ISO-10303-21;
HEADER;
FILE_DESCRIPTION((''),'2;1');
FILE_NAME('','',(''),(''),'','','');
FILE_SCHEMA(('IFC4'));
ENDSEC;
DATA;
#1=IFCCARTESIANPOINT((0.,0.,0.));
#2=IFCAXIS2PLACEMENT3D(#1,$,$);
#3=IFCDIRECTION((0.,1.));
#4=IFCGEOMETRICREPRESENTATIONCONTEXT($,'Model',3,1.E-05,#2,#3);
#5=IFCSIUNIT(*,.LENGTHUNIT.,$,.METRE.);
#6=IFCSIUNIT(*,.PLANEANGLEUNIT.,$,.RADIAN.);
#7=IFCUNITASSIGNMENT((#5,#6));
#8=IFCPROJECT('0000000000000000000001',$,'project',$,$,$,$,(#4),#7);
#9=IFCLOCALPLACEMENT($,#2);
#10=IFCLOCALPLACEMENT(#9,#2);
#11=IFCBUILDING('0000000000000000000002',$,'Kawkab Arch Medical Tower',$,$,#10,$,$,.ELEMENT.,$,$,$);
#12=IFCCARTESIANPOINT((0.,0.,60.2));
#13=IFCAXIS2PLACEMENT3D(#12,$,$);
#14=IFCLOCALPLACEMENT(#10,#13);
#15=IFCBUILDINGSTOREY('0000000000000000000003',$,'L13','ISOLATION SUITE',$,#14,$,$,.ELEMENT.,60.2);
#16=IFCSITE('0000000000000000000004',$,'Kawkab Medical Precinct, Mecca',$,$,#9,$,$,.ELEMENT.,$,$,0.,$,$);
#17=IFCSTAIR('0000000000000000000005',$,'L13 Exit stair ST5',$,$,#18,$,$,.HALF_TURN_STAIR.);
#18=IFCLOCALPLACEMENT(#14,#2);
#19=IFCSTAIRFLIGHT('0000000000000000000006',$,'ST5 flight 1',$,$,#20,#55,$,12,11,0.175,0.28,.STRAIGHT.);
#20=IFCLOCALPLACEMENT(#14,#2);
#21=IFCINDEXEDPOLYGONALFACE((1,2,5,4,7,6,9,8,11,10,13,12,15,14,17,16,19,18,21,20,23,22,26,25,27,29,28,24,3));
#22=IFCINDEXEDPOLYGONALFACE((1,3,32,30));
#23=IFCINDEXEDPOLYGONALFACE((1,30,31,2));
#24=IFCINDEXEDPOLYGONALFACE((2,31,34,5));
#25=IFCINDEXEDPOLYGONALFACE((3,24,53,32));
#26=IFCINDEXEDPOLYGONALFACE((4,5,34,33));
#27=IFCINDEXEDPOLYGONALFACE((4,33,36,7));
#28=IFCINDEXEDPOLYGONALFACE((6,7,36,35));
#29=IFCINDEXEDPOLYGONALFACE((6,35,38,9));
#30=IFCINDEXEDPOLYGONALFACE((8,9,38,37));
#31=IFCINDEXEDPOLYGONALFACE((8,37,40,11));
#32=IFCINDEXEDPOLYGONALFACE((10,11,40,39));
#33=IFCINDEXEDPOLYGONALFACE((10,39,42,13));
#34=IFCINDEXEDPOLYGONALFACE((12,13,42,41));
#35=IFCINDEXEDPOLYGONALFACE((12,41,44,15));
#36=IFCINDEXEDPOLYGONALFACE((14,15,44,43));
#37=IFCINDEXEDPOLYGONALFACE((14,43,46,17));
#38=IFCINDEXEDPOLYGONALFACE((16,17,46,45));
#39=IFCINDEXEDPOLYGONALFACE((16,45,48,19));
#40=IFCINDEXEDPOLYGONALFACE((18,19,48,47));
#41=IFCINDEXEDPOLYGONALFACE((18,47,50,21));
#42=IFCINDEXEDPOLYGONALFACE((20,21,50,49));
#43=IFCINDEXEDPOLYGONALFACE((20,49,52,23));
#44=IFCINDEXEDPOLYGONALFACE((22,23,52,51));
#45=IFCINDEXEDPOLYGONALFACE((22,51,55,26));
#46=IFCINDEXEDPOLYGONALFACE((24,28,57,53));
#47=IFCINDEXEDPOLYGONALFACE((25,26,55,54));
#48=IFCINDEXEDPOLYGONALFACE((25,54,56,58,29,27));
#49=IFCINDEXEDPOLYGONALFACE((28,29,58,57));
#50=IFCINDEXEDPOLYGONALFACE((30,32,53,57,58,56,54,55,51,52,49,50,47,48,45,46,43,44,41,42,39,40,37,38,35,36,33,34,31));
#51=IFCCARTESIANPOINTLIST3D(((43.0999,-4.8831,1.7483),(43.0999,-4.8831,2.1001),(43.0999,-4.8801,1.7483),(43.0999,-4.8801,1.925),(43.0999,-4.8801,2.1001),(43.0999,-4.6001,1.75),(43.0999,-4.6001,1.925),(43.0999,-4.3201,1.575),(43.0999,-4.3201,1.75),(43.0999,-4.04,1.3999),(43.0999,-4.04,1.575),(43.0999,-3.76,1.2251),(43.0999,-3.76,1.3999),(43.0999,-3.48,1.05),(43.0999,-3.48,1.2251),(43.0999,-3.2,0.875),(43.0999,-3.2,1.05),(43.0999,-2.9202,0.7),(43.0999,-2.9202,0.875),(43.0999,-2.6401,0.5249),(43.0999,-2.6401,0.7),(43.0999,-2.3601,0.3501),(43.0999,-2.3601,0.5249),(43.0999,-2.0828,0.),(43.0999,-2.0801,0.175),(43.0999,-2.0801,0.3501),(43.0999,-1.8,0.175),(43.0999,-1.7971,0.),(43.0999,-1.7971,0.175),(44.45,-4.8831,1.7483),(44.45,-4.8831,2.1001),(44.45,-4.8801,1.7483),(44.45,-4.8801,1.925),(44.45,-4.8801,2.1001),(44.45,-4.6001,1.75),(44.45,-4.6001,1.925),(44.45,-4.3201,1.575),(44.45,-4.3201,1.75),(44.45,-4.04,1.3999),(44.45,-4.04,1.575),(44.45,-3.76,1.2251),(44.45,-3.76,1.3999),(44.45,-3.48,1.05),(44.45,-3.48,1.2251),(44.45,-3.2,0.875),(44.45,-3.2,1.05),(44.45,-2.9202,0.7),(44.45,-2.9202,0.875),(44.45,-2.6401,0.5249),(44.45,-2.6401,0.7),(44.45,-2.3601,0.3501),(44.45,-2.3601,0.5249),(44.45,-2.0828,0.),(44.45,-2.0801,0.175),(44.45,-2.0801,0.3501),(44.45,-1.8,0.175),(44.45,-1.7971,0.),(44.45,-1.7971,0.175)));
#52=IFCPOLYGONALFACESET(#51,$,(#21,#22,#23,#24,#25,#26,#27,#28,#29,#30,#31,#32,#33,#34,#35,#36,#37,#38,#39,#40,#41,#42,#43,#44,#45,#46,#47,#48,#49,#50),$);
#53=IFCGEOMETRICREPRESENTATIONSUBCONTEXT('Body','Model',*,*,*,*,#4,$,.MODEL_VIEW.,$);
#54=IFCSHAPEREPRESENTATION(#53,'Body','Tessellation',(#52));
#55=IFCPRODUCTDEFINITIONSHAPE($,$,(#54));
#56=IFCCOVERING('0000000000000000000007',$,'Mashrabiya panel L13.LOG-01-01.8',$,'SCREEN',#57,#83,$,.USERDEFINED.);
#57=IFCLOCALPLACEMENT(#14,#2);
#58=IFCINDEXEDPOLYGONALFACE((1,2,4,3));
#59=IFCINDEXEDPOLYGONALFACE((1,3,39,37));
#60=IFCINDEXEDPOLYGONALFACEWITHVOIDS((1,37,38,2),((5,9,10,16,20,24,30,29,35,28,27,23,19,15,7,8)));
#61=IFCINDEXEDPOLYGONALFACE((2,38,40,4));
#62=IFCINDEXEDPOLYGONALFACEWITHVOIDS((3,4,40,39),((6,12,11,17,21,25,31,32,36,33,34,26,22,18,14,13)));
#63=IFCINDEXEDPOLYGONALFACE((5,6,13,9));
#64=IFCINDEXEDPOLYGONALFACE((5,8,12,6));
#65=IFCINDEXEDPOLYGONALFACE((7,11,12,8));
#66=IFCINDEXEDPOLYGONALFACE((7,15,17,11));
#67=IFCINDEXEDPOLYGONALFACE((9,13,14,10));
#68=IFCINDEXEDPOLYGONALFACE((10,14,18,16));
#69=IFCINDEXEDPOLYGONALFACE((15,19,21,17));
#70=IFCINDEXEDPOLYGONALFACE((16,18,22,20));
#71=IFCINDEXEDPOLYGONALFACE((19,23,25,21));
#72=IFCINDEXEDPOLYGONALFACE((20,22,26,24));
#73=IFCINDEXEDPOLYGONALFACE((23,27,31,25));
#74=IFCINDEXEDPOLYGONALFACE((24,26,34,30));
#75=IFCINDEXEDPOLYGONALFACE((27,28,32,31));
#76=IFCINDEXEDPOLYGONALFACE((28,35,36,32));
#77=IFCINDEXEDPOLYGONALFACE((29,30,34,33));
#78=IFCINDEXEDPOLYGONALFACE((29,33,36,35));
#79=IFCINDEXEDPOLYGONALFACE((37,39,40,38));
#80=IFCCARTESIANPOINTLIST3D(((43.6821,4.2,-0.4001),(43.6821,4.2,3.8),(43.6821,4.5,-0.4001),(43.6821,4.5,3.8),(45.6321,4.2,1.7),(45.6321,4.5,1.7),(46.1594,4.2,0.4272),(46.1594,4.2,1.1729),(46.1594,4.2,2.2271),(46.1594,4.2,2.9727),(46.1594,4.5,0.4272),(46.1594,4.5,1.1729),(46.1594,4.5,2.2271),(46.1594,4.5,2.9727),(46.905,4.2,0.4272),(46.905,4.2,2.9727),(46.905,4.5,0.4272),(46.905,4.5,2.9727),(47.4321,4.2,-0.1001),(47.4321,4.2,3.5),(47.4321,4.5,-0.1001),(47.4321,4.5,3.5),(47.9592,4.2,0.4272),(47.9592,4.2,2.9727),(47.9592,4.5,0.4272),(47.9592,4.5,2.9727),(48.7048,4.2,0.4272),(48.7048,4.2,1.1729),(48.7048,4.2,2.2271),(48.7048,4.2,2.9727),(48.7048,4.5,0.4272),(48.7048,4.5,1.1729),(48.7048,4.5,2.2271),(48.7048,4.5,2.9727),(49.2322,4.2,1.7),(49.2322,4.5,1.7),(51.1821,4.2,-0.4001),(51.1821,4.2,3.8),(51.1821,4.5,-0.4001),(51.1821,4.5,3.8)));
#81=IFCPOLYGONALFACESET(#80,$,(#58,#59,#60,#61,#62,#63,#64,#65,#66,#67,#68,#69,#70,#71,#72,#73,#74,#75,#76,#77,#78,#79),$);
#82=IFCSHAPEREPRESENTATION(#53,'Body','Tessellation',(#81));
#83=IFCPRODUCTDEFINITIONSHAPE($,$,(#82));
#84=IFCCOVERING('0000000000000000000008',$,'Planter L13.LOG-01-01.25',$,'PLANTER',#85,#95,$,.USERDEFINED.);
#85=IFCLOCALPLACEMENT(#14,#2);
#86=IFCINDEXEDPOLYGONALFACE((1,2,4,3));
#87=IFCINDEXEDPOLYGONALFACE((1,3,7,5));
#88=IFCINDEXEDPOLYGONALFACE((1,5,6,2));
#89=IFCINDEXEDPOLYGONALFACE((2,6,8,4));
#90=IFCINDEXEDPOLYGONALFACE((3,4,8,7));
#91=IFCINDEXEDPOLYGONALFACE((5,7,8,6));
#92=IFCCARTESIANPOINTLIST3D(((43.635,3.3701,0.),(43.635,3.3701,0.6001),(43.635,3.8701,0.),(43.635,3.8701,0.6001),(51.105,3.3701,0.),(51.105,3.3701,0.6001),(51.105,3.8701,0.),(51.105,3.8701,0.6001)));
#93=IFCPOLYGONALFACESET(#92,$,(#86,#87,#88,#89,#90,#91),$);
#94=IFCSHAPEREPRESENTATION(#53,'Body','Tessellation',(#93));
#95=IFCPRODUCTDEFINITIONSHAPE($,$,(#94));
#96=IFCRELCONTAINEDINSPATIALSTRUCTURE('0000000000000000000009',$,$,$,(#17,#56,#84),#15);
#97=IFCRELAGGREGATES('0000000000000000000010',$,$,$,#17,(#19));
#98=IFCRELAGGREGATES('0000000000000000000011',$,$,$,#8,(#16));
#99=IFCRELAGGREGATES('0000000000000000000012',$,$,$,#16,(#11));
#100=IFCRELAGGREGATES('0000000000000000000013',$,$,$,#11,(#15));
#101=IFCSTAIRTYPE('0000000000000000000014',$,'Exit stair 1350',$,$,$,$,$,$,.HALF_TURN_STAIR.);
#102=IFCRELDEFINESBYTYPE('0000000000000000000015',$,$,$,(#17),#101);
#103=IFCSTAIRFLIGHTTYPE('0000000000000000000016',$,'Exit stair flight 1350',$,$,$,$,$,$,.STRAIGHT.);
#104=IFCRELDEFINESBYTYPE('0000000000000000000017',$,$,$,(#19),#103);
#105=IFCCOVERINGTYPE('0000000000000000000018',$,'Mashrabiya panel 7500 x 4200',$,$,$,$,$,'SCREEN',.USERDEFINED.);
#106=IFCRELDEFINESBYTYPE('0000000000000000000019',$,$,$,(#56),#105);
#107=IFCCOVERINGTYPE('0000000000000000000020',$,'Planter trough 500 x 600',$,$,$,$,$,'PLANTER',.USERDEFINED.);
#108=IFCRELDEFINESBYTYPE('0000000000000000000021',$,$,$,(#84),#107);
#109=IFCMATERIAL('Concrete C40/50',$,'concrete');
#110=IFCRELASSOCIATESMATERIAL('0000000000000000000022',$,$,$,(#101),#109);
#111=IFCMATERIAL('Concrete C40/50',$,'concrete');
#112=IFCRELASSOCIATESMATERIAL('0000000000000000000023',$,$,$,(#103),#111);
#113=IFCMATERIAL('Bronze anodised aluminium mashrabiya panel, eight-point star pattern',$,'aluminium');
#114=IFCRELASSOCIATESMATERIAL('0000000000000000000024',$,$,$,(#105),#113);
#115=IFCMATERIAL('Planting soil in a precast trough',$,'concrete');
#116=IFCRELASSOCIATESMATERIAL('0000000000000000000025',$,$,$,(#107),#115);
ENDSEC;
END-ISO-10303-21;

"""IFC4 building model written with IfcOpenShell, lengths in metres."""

from ifc_helpers import new_model, si_unit, direction, frame, origin, origin_2d, place, context, subcontext, project, spatial, polyline, rectangle, outline, extrude, material, material_profile, profile_set, type_object, element, aggregate, save


model = new_model("IFC4")

# Units and contexts
model_context = context("Model", 3, precision=1e-05, world=origin(), true_north=direction((0.0, 1.0)))
body_context = subcontext(model_context, "Body", "Model", "MODEL_VIEW")
ifc_project = project(units=[si_unit("LENGTHUNIT", "METRE"), si_unit("PLANEANGLEUNIT", "RADIAN")], contexts=[model_context])

# Site, building, storey
site_placement = place(None, origin())
site = spatial("IfcSite", under=ifc_project, at=site_placement, Name="Kawkab Medical Precinct, Mecca", CompositionType="ELEMENT", RefElevation=0.0)
building_placement = place(site_placement, origin())
building = spatial("IfcBuilding", under=site, at=building_placement, Name="Kawkab Arch Medical Tower", CompositionType="ELEMENT")
storey_placement = place(building_placement, frame((0.0, 0.0, 60.2)))
storey = spatial("IfcBuildingStorey", under=building, at=storey_placement, Name="L13", Description="ISOLATION SUITE", CompositionType="ELEMENT", Elevation=60.2)

# Shared definitions
placement = place(storey_placement, origin())

# Stair, stair flight
ifc_material_1 = material(Name="Concrete C40/50", Category="concrete")
stair_type = type_object("IfcStairType", Name="Exit stair 1350", PredefinedType="HALF_TURN_STAIR", material=ifc_material_1)
stair = element("IfcStair", 1, at=placement, inside=storey, type_object=stair_type, Name="L13 Exit stair ST5", PredefinedType="HALF_TURN_STAIR")
ifc_material_2 = material(Name="Concrete C40/50", Category="concrete")
stair_flight_type = type_object("IfcStairFlightType", Name="Exit stair flight 1350", PredefinedType="STRAIGHT", material=ifc_material_2)
stair_flight_placement = place(storey_placement, frame((43.7749, -1.8, 0.0), z_axis=(0.0, 0.0, 1.0), x_axis=(0.0, -1.0, 0.0)))
stair_flight = element("IfcStairFlight", 2, at=stair_flight_placement, type_object=stair_flight_type, Name="ST5 flight 1", NumberOfRisers=12, NumberOfTreads=11, PredefinedType="STRAIGHT", RiserHeight=0.175, TreadLength=0.28, context=body_context, shape_type="SweptSolid", body=[
    extrude(outline(polyline([(-0.0029, 0.0), (-0.0029, 0.175), (0.0, 0.175), (0.28, 0.175), (0.28, 0.3501), (0.5601, 0.3501), (0.5601, 0.5249), (0.8401, 0.5249), (0.8401, 0.7), (1.1201, 0.7), (1.1201, 0.875), (1.3999, 0.875), (1.3999, 1.05), (1.6799, 1.05), (1.6799, 1.2251), (1.96, 1.2251), (1.96, 1.3999), (2.24, 1.3999), (2.24, 1.575), (2.52, 1.575), (2.52, 1.75), (2.8, 1.75), (2.8, 1.925), (3.0801, 1.925), (3.0801, 2.1001), (3.083, 2.1001), (3.083, 1.7483), (3.0801, 1.7483), (0.2827, 0.0), (-0.0029, 0.0)])), frame((0.0, 0.675, 0.0), z_axis=(0.0, -1.0, 0.0), x_axis=(1.0, 0.0, 0.0)), (0.0, 0.0, 1.0), 1.3501),
])
aggregate(stair, [stair_flight])

# Coverings
ifc_material_3 = material(Name="Bronze anodised aluminium mashrabiya panel, eight-point star pattern", Category="aluminium")
ifc_material_profile_1 = material_profile(ifc_material_3, outline(polyline([(-3.75, -2.1001), (3.75, -2.1001), (3.75, 2.1001), (-3.75, 2.1001), (-3.75, -2.1001)]), holes=[polyline([(1.8, 0.0), (1.2727, 0.5271), (1.2727, 1.2727), (0.5271, 1.2727), (0.0, 1.8), (-0.5271, 1.2727), (-1.2727, 1.2727), (-1.2727, 0.5271), (-1.8, 0.0), (-1.2727, -0.5271), (-1.2727, -1.2727), (-0.5271, -1.2727), (0.0, -1.8), (0.5271, -1.2727), (1.2727, -1.2727), (1.2727, -0.5271), (1.8, 0.0)])]), Name="Mashrabiya panel 7500x4200")
ifc_profile_set_1 = profile_set([ifc_material_profile_1], Name="Bronze anodised aluminium mashrabiya panel, eight-point star pattern")
covering_type_1 = type_object("IfcCoveringType", Name="Mashrabiya panel 7500 x 4200", ElementType="SCREEN", PredefinedType="USERDEFINED", material=ifc_profile_set_1)
covering_1_placement = place(storey_placement, frame((47.4321, 4.2, 1.7), z_axis=(0.0, 1.0, 0.0), x_axis=(-1.0, 0.0, 0.0)))
element("IfcCovering", 3, at=covering_1_placement, inside=storey, type_object=covering_type_1, Name="Mashrabiya panel L13.LOG-01-01.8", ObjectType="SCREEN", PredefinedType="USERDEFINED", context=body_context, shape_type="SweptSolid", body=[
    extrude(outline(polyline([(-3.75, -2.1001), (3.75, -2.1001), (3.75, 2.1001), (-3.75, 2.1001), (-3.75, -2.1001)]), holes=[polyline([(1.8, 0.0), (1.2727, 0.5271), (1.2727, 1.2727), (0.5271, 1.2727), (0.0, 1.8), (-0.5271, 1.2727), (-1.2727, 1.2727), (-1.2727, 0.5271), (-1.8, 0.0), (-1.2727, -0.5271), (-1.2727, -1.2727), (-0.5271, -1.2727), (0.0, -1.8), (0.5271, -1.2727), (1.2727, -1.2727), (1.2727, -0.5271), (1.8, 0.0)])]), origin(), (0.0, 0.0, 1.0), 0.3),
])
ifc_material_4 = material(Name="Planting soil in a precast trough", Category="concrete")
ifc_material_profile_2 = material_profile(ifc_material_4, rectangle(XDim=0.5, YDim=0.6001, at=origin_2d()), Name="Trough 500x600")
ifc_profile_set_2 = profile_set([ifc_material_profile_2], Name="Planting soil in a precast trough")
covering_type_2 = type_object("IfcCoveringType", Name="Planter trough 500 x 600", ElementType="PLANTER", PredefinedType="USERDEFINED", material=ifc_profile_set_2)
covering_2_placement = place(storey_placement, frame((43.635, 3.6201, 0.3), z_axis=(1.0, 0.0, 0.0), x_axis=(0.0, 1.0, 0.0)))
element("IfcCovering", 4, at=covering_2_placement, inside=storey, type_object=covering_type_2, Name="Planter L13.LOG-01-01.25", ObjectType="PLANTER", PredefinedType="USERDEFINED", context=body_context, shape_type="SweptSolid", body=[
    extrude(rectangle(XDim=0.5, YDim=0.6001, at=origin_2d()), origin(), (0.0, 0.0, 1.0), 7.47),
])

save(model, "model.ifc")
